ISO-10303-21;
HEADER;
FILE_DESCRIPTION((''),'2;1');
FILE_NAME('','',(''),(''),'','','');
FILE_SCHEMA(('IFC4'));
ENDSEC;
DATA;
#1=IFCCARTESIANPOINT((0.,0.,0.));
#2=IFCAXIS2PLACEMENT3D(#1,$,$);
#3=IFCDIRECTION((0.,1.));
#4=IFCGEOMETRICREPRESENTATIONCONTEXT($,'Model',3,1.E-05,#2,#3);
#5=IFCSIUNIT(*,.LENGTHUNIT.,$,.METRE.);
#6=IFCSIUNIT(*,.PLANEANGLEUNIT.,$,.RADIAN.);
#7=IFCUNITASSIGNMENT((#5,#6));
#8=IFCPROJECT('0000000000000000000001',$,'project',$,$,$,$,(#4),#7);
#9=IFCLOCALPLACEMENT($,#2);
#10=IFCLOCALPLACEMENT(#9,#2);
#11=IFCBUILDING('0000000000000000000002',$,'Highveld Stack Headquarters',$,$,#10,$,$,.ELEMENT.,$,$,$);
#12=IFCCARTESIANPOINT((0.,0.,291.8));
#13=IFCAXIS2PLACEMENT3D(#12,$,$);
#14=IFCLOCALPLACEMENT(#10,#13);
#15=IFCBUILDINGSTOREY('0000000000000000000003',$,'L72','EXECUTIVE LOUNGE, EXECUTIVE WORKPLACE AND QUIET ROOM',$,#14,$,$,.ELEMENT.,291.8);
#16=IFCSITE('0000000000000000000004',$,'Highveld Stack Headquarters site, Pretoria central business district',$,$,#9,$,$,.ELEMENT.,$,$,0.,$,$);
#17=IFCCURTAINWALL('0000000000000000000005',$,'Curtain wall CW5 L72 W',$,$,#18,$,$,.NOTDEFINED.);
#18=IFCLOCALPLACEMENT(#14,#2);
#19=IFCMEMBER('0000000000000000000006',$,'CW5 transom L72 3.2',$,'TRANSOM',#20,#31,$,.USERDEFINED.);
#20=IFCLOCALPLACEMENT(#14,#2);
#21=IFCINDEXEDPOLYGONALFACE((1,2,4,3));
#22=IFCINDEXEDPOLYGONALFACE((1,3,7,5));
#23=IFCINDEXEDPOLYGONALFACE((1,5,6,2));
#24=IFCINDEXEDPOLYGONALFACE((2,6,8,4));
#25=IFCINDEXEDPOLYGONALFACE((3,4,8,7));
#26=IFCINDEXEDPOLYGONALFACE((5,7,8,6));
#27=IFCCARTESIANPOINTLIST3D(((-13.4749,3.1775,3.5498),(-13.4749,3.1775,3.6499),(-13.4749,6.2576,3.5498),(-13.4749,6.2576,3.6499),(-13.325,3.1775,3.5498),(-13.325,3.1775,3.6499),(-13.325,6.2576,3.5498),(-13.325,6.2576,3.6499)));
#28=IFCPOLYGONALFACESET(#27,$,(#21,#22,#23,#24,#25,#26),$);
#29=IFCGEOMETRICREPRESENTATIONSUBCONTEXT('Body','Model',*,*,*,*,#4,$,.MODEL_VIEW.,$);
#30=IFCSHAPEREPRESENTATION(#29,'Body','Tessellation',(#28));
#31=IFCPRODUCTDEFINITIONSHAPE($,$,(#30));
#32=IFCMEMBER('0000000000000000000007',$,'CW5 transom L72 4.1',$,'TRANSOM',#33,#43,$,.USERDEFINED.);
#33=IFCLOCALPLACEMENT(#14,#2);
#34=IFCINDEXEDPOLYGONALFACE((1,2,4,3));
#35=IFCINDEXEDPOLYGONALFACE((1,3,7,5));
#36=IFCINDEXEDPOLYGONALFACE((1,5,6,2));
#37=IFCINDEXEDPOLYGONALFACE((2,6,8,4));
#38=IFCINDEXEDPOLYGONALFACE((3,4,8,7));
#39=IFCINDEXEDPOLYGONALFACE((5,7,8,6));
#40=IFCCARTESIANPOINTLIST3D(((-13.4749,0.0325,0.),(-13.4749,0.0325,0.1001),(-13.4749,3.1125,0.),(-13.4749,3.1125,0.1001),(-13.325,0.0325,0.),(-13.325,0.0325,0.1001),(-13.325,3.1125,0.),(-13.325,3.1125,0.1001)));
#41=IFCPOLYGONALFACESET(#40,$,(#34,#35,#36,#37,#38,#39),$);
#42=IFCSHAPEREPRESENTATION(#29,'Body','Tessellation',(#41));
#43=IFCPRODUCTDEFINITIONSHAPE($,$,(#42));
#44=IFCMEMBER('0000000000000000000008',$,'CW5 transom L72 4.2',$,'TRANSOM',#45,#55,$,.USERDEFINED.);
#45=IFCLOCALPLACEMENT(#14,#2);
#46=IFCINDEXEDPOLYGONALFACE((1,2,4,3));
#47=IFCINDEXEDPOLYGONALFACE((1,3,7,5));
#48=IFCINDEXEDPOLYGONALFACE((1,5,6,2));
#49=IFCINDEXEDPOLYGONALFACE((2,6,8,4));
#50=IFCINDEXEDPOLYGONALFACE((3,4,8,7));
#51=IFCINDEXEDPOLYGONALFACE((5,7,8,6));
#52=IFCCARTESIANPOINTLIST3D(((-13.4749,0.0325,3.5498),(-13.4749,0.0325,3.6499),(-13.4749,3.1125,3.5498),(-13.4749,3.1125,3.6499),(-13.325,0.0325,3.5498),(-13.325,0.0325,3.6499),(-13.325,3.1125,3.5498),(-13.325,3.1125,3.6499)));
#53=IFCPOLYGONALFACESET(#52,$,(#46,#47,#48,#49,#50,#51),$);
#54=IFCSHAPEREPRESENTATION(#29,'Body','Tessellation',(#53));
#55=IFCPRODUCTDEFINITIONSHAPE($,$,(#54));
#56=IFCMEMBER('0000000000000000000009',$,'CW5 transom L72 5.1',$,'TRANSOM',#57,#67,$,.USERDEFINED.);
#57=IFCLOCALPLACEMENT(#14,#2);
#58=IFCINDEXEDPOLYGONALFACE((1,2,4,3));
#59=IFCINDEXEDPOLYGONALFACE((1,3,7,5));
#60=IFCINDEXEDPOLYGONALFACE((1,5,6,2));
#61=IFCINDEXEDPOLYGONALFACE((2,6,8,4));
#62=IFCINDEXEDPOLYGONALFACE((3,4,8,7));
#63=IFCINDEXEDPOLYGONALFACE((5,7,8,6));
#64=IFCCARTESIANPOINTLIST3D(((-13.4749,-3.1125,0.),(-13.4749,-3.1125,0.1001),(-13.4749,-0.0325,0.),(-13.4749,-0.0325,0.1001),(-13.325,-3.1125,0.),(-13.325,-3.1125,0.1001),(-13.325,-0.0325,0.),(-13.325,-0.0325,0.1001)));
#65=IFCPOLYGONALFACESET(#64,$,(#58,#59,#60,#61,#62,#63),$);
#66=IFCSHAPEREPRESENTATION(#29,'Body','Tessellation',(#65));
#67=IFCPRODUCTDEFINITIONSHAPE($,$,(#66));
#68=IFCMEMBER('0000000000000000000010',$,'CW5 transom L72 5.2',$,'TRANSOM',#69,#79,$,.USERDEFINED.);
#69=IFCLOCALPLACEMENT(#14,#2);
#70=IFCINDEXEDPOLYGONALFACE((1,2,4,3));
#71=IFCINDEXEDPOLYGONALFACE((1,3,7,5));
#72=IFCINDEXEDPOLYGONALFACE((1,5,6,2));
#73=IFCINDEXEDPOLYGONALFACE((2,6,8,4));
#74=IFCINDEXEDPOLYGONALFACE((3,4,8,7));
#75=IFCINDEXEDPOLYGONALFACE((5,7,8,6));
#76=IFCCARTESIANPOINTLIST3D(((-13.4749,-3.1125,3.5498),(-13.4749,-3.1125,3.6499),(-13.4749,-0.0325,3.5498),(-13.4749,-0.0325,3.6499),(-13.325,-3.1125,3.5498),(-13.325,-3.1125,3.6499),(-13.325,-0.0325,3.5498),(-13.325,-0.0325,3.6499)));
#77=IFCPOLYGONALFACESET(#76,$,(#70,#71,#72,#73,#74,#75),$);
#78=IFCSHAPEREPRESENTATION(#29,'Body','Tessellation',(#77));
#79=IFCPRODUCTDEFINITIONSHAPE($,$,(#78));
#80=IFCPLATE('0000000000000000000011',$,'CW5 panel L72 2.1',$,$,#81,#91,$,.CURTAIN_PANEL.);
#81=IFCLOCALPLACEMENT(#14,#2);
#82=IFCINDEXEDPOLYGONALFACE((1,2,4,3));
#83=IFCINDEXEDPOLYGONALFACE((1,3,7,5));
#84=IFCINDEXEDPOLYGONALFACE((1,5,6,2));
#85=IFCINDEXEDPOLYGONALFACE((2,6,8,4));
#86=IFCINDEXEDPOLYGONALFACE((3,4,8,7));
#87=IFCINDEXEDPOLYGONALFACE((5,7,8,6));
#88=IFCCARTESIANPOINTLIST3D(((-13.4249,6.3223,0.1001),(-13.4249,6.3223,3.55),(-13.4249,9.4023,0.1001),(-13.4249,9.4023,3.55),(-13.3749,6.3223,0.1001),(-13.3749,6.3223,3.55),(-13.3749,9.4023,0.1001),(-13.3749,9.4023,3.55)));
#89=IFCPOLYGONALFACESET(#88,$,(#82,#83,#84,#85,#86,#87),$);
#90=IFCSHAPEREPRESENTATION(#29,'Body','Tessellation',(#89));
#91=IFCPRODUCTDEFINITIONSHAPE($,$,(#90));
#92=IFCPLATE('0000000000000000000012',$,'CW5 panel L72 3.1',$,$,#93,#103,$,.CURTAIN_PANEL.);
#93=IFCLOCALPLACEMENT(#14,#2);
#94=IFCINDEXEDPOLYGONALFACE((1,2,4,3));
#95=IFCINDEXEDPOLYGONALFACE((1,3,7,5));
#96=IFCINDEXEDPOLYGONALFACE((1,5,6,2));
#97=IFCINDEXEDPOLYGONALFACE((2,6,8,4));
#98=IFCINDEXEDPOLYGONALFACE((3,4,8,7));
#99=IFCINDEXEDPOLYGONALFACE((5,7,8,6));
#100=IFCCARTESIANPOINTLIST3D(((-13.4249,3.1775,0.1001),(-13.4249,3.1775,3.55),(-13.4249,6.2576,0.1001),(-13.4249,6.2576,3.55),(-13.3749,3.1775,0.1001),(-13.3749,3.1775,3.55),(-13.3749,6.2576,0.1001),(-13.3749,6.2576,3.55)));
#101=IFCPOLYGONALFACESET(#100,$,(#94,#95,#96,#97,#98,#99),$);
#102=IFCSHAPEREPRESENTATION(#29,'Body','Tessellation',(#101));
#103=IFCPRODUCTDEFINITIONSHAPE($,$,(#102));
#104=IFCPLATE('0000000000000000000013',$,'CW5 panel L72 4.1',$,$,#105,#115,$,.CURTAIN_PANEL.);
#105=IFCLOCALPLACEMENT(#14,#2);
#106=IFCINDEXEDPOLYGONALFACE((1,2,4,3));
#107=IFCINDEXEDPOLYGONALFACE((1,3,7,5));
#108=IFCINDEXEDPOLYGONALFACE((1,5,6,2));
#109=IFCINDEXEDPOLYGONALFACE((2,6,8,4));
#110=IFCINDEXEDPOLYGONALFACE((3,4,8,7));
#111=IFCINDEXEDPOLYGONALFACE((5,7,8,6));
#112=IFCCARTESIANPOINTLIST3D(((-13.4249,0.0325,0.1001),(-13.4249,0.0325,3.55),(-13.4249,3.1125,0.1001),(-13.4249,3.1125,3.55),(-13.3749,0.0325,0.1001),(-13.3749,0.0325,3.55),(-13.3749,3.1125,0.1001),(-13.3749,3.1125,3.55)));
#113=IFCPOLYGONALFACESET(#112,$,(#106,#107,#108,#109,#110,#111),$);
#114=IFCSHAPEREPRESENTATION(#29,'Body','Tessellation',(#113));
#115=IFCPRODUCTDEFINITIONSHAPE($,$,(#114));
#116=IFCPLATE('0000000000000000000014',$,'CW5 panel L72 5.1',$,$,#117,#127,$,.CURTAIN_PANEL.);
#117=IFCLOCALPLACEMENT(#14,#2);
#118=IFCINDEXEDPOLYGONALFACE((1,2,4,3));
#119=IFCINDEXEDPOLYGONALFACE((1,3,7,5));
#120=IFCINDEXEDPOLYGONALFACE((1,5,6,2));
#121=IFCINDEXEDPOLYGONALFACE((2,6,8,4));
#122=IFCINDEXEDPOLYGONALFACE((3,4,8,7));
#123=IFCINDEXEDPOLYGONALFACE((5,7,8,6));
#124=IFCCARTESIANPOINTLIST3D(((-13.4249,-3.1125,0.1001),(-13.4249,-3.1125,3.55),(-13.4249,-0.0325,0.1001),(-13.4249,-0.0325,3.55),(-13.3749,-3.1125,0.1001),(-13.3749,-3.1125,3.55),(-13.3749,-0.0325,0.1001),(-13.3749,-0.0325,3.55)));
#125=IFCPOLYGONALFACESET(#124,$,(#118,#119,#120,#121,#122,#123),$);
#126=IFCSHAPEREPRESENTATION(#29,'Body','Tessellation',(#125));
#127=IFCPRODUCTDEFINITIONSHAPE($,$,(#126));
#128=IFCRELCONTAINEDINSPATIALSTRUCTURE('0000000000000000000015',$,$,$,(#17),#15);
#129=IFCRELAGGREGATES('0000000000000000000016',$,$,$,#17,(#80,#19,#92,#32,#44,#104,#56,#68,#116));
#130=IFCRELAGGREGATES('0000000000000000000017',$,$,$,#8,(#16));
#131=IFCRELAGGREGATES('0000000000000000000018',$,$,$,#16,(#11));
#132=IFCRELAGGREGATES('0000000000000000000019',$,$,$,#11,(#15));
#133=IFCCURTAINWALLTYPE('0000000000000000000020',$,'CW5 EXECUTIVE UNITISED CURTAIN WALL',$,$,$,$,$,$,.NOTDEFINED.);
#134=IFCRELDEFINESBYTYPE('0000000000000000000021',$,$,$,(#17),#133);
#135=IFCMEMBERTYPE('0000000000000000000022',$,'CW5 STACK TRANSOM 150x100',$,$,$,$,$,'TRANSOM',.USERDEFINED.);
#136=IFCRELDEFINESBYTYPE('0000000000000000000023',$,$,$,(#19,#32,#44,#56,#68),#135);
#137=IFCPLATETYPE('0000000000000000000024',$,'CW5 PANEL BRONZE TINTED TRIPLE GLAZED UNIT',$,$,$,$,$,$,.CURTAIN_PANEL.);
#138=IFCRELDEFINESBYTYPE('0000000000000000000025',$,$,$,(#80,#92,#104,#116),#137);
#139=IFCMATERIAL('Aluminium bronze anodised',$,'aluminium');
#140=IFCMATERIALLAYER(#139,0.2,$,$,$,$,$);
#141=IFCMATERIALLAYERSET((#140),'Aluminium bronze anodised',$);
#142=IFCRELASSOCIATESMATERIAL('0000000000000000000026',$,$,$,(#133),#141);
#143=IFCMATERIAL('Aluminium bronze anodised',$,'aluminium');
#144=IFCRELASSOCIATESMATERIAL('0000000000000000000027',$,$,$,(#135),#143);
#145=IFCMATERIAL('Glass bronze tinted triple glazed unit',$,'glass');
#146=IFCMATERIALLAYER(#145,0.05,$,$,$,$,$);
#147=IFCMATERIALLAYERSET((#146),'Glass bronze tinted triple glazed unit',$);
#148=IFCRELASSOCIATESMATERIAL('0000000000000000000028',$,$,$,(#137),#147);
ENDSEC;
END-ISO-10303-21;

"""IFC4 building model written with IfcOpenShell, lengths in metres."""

from ifc_helpers import new_model, si_unit, direction, frame, origin, origin_2d, place, context, subcontext, project, spatial, rectangle, extrude, material, layer, layer_set, material_profile, profile_set, type_object, element, aggregate, save


model = new_model("IFC4")

# Units and contexts
model_context = context("Model", 3, precision=1e-05, world=origin(), true_north=direction((0.0, 1.0)))
body_context = subcontext(model_context, "Body", "Model", "MODEL_VIEW")
ifc_project = project(units=[si_unit("LENGTHUNIT", "METRE"), si_unit("PLANEANGLEUNIT", "RADIAN")], contexts=[model_context])

# Site, building, storey
site_placement = place(None, origin())
site = spatial("IfcSite", under=ifc_project, at=site_placement, Name="Highveld Stack Headquarters site, Pretoria central business district", CompositionType="ELEMENT", RefElevation=0.0)
building_placement = place(site_placement, origin())
building = spatial("IfcBuilding", under=site, at=building_placement, Name="Highveld Stack Headquarters", CompositionType="ELEMENT")
storey_placement = place(building_placement, frame((0.0, 0.0, 291.8)))
storey = spatial("IfcBuildingStorey", under=building, at=storey_placement, Name="L72", Description="EXECUTIVE LOUNGE, EXECUTIVE WORKPLACE AND QUIET ROOM", CompositionType="ELEMENT", Elevation=291.8)

# Curtain wall, members, plates
ifc_material_1 = material(Name="Aluminium bronze anodised", Category="aluminium")
ifc_layer_1 = layer(ifc_material_1, 0.2)
ifc_layer_set_1 = layer_set([ifc_layer_1], Name="Aluminium bronze anodised")
curtain_wall_type = type_object("IfcCurtainWallType", Name="CW5 EXECUTIVE UNITISED CURTAIN WALL", PredefinedType="NOTDEFINED", material=ifc_layer_set_1)
curtain_wall_placement = place(storey_placement, origin())
curtain_wall = element("IfcCurtainWall", 1, at=curtain_wall_placement, inside=storey, type_object=curtain_wall_type, Name="Curtain wall CW5 L72 W", PredefinedType="NOTDEFINED")
ifc_material_2 = material(Name="Aluminium bronze anodised", Category="aluminium")
ifc_material_profile_1 = material_profile(ifc_material_2, rectangle(XDim=0.1499, YDim=0.1001, at=origin_2d()), Name="CW5 TRANSOM 150x100")
ifc_profile_set_1 = profile_set([ifc_material_profile_1], Name="Aluminium bronze anodised")
member_type_1 = type_object("IfcMemberType", Name="CW5 STACK TRANSOM 150x100", ElementType="TRANSOM", PredefinedType="USERDEFINED", material=ifc_profile_set_1)
member_1_placement = place(storey_placement, frame((-13.3999, 6.2576, 3.5999), z_axis=(0.0, -1.0, 0.0), x_axis=(1.0, 0.0, 0.0)))
member_1 = element("IfcMember", 2, at=member_1_placement, type_object=member_type_1, Name="CW5 transom L72 3.2", ObjectType="TRANSOM", PredefinedType="USERDEFINED", context=body_context, shape_type="SweptSolid", body=[
    extrude(rectangle(XDim=0.1499, YDim=0.1001, at=origin_2d()), origin(), (0.0, 0.0, 1.0), 3.0801),
])
member_2_placement = place(storey_placement, frame((-13.3999, 3.1125, 0.05), z_axis=(0.0, -1.0, 0.0), x_axis=(1.0, 0.0, 0.0)))
member_2 = element("IfcMember", 3, at=member_2_placement, type_object=member_type_1, Name="CW5 transom L72 4.1", ObjectType="TRANSOM", PredefinedType="USERDEFINED", context=body_context, shape_type="SweptSolid", body=[
    extrude(rectangle(XDim=0.1499, YDim=0.1001, at=origin_2d()), origin(), (0.0, 0.0, 1.0), 3.0801),
])
member_3_placement = place(storey_placement, frame((-13.3999, 3.1125, 3.5999), z_axis=(0.0, -1.0, 0.0), x_axis=(1.0, 0.0, 0.0)))
member_3 = element("IfcMember", 4, at=member_3_placement, type_object=member_type_1, Name="CW5 transom L72 4.2", ObjectType="TRANSOM", PredefinedType="USERDEFINED", context=body_context, shape_type="SweptSolid", body=[
    extrude(rectangle(XDim=0.1499, YDim=0.1001, at=origin_2d()), origin(), (0.0, 0.0, 1.0), 3.0801),
])
member_4_placement = place(storey_placement, frame((-13.3999, -0.0325, 0.05), z_axis=(0.0, -1.0, 0.0), x_axis=(1.0, 0.0, 0.0)))
member_4 = element("IfcMember", 5, at=member_4_placement, type_object=member_type_1, Name="CW5 transom L72 5.1", ObjectType="TRANSOM", PredefinedType="USERDEFINED", context=body_context, shape_type="SweptSolid", body=[
    extrude(rectangle(XDim=0.1499, YDim=0.1001, at=origin_2d()), origin(), (0.0, 0.0, 1.0), 3.0801),
])
member_5_placement = place(storey_placement, frame((-13.3999, -0.0325, 3.5999), z_axis=(0.0, -1.0, 0.0), x_axis=(1.0, 0.0, 0.0)))
member_5 = element("IfcMember", 6, at=member_5_placement, type_object=member_type_1, Name="CW5 transom L72 5.2", ObjectType="TRANSOM", PredefinedType="USERDEFINED", context=body_context, shape_type="SweptSolid", body=[
    extrude(rectangle(XDim=0.1499, YDim=0.1001, at=origin_2d()), origin(), (0.0, 0.0, 1.0), 3.0801),
])
ifc_material_3 = material(Name="Glass bronze tinted triple glazed unit", Category="glass")
ifc_layer_2 = layer(ifc_material_3, 0.05)
ifc_layer_set_2 = layer_set([ifc_layer_2], Name="Glass bronze tinted triple glazed unit")
plate_type = type_object("IfcPlateType", Name="CW5 PANEL BRONZE TINTED TRIPLE GLAZED UNIT", PredefinedType="CURTAIN_PANEL", material=ifc_layer_set_2)
plate_1_placement = place(storey_placement, frame((-13.3999, 7.8623, 0.1001), z_axis=(0.0, 0.0, 1.0), x_axis=(0.0, -1.0, 0.0)))
plate_1 = element("IfcPlate", 7, at=plate_1_placement, type_object=plate_type, Name="CW5 panel L72 2.1", PredefinedType="CURTAIN_PANEL", context=body_context, shape_type="SweptSolid", body=[
    extrude(rectangle(XDim=3.0801, YDim=0.05, at=origin_2d()), origin(), (0.0, 0.0, 1.0), 3.45),
])
plate_2_placement = place(storey_placement, frame((-13.3999, 4.7175, 0.1001), z_axis=(0.0, 0.0, 1.0), x_axis=(0.0, -1.0, 0.0)))
plate_2 = element("IfcPlate", 8, at=plate_2_placement, type_object=plate_type, Name="CW5 panel L72 3.1", PredefinedType="CURTAIN_PANEL", context=body_context, shape_type="SweptSolid", body=[
    extrude(rectangle(XDim=3.0801, YDim=0.05, at=origin_2d()), origin(), (0.0, 0.0, 1.0), 3.45),
])
plate_3_placement = place(storey_placement, frame((-13.3999, 1.5725, 0.1001), z_axis=(0.0, 0.0, 1.0), x_axis=(0.0, -1.0, 0.0)))
plate_3 = element("IfcPlate", 9, at=plate_3_placement, type_object=plate_type, Name="CW5 panel L72 4.1", PredefinedType="CURTAIN_PANEL", context=body_context, shape_type="SweptSolid", body=[
    extrude(rectangle(XDim=3.0801, YDim=0.05, at=origin_2d()), origin(), (0.0, 0.0, 1.0), 3.45),
])
plate_4_placement = place(storey_placement, frame((-13.3999, -1.5725, 0.1001), z_axis=(0.0, 0.0, 1.0), x_axis=(0.0, -1.0, 0.0)))
plate_4 = element("IfcPlate", 10, at=plate_4_placement, type_object=plate_type, Name="CW5 panel L72 5.1", PredefinedType="CURTAIN_PANEL", context=body_context, shape_type="SweptSolid", body=[
    extrude(rectangle(XDim=3.0801, YDim=0.05, at=origin_2d()), origin(), (0.0, 0.0, 1.0), 3.45),
])
aggregate(curtain_wall, [plate_1, member_1, plate_2, member_2, member_3, plate_3, member_4, member_5, plate_4])

save(model, "model.ifc")
